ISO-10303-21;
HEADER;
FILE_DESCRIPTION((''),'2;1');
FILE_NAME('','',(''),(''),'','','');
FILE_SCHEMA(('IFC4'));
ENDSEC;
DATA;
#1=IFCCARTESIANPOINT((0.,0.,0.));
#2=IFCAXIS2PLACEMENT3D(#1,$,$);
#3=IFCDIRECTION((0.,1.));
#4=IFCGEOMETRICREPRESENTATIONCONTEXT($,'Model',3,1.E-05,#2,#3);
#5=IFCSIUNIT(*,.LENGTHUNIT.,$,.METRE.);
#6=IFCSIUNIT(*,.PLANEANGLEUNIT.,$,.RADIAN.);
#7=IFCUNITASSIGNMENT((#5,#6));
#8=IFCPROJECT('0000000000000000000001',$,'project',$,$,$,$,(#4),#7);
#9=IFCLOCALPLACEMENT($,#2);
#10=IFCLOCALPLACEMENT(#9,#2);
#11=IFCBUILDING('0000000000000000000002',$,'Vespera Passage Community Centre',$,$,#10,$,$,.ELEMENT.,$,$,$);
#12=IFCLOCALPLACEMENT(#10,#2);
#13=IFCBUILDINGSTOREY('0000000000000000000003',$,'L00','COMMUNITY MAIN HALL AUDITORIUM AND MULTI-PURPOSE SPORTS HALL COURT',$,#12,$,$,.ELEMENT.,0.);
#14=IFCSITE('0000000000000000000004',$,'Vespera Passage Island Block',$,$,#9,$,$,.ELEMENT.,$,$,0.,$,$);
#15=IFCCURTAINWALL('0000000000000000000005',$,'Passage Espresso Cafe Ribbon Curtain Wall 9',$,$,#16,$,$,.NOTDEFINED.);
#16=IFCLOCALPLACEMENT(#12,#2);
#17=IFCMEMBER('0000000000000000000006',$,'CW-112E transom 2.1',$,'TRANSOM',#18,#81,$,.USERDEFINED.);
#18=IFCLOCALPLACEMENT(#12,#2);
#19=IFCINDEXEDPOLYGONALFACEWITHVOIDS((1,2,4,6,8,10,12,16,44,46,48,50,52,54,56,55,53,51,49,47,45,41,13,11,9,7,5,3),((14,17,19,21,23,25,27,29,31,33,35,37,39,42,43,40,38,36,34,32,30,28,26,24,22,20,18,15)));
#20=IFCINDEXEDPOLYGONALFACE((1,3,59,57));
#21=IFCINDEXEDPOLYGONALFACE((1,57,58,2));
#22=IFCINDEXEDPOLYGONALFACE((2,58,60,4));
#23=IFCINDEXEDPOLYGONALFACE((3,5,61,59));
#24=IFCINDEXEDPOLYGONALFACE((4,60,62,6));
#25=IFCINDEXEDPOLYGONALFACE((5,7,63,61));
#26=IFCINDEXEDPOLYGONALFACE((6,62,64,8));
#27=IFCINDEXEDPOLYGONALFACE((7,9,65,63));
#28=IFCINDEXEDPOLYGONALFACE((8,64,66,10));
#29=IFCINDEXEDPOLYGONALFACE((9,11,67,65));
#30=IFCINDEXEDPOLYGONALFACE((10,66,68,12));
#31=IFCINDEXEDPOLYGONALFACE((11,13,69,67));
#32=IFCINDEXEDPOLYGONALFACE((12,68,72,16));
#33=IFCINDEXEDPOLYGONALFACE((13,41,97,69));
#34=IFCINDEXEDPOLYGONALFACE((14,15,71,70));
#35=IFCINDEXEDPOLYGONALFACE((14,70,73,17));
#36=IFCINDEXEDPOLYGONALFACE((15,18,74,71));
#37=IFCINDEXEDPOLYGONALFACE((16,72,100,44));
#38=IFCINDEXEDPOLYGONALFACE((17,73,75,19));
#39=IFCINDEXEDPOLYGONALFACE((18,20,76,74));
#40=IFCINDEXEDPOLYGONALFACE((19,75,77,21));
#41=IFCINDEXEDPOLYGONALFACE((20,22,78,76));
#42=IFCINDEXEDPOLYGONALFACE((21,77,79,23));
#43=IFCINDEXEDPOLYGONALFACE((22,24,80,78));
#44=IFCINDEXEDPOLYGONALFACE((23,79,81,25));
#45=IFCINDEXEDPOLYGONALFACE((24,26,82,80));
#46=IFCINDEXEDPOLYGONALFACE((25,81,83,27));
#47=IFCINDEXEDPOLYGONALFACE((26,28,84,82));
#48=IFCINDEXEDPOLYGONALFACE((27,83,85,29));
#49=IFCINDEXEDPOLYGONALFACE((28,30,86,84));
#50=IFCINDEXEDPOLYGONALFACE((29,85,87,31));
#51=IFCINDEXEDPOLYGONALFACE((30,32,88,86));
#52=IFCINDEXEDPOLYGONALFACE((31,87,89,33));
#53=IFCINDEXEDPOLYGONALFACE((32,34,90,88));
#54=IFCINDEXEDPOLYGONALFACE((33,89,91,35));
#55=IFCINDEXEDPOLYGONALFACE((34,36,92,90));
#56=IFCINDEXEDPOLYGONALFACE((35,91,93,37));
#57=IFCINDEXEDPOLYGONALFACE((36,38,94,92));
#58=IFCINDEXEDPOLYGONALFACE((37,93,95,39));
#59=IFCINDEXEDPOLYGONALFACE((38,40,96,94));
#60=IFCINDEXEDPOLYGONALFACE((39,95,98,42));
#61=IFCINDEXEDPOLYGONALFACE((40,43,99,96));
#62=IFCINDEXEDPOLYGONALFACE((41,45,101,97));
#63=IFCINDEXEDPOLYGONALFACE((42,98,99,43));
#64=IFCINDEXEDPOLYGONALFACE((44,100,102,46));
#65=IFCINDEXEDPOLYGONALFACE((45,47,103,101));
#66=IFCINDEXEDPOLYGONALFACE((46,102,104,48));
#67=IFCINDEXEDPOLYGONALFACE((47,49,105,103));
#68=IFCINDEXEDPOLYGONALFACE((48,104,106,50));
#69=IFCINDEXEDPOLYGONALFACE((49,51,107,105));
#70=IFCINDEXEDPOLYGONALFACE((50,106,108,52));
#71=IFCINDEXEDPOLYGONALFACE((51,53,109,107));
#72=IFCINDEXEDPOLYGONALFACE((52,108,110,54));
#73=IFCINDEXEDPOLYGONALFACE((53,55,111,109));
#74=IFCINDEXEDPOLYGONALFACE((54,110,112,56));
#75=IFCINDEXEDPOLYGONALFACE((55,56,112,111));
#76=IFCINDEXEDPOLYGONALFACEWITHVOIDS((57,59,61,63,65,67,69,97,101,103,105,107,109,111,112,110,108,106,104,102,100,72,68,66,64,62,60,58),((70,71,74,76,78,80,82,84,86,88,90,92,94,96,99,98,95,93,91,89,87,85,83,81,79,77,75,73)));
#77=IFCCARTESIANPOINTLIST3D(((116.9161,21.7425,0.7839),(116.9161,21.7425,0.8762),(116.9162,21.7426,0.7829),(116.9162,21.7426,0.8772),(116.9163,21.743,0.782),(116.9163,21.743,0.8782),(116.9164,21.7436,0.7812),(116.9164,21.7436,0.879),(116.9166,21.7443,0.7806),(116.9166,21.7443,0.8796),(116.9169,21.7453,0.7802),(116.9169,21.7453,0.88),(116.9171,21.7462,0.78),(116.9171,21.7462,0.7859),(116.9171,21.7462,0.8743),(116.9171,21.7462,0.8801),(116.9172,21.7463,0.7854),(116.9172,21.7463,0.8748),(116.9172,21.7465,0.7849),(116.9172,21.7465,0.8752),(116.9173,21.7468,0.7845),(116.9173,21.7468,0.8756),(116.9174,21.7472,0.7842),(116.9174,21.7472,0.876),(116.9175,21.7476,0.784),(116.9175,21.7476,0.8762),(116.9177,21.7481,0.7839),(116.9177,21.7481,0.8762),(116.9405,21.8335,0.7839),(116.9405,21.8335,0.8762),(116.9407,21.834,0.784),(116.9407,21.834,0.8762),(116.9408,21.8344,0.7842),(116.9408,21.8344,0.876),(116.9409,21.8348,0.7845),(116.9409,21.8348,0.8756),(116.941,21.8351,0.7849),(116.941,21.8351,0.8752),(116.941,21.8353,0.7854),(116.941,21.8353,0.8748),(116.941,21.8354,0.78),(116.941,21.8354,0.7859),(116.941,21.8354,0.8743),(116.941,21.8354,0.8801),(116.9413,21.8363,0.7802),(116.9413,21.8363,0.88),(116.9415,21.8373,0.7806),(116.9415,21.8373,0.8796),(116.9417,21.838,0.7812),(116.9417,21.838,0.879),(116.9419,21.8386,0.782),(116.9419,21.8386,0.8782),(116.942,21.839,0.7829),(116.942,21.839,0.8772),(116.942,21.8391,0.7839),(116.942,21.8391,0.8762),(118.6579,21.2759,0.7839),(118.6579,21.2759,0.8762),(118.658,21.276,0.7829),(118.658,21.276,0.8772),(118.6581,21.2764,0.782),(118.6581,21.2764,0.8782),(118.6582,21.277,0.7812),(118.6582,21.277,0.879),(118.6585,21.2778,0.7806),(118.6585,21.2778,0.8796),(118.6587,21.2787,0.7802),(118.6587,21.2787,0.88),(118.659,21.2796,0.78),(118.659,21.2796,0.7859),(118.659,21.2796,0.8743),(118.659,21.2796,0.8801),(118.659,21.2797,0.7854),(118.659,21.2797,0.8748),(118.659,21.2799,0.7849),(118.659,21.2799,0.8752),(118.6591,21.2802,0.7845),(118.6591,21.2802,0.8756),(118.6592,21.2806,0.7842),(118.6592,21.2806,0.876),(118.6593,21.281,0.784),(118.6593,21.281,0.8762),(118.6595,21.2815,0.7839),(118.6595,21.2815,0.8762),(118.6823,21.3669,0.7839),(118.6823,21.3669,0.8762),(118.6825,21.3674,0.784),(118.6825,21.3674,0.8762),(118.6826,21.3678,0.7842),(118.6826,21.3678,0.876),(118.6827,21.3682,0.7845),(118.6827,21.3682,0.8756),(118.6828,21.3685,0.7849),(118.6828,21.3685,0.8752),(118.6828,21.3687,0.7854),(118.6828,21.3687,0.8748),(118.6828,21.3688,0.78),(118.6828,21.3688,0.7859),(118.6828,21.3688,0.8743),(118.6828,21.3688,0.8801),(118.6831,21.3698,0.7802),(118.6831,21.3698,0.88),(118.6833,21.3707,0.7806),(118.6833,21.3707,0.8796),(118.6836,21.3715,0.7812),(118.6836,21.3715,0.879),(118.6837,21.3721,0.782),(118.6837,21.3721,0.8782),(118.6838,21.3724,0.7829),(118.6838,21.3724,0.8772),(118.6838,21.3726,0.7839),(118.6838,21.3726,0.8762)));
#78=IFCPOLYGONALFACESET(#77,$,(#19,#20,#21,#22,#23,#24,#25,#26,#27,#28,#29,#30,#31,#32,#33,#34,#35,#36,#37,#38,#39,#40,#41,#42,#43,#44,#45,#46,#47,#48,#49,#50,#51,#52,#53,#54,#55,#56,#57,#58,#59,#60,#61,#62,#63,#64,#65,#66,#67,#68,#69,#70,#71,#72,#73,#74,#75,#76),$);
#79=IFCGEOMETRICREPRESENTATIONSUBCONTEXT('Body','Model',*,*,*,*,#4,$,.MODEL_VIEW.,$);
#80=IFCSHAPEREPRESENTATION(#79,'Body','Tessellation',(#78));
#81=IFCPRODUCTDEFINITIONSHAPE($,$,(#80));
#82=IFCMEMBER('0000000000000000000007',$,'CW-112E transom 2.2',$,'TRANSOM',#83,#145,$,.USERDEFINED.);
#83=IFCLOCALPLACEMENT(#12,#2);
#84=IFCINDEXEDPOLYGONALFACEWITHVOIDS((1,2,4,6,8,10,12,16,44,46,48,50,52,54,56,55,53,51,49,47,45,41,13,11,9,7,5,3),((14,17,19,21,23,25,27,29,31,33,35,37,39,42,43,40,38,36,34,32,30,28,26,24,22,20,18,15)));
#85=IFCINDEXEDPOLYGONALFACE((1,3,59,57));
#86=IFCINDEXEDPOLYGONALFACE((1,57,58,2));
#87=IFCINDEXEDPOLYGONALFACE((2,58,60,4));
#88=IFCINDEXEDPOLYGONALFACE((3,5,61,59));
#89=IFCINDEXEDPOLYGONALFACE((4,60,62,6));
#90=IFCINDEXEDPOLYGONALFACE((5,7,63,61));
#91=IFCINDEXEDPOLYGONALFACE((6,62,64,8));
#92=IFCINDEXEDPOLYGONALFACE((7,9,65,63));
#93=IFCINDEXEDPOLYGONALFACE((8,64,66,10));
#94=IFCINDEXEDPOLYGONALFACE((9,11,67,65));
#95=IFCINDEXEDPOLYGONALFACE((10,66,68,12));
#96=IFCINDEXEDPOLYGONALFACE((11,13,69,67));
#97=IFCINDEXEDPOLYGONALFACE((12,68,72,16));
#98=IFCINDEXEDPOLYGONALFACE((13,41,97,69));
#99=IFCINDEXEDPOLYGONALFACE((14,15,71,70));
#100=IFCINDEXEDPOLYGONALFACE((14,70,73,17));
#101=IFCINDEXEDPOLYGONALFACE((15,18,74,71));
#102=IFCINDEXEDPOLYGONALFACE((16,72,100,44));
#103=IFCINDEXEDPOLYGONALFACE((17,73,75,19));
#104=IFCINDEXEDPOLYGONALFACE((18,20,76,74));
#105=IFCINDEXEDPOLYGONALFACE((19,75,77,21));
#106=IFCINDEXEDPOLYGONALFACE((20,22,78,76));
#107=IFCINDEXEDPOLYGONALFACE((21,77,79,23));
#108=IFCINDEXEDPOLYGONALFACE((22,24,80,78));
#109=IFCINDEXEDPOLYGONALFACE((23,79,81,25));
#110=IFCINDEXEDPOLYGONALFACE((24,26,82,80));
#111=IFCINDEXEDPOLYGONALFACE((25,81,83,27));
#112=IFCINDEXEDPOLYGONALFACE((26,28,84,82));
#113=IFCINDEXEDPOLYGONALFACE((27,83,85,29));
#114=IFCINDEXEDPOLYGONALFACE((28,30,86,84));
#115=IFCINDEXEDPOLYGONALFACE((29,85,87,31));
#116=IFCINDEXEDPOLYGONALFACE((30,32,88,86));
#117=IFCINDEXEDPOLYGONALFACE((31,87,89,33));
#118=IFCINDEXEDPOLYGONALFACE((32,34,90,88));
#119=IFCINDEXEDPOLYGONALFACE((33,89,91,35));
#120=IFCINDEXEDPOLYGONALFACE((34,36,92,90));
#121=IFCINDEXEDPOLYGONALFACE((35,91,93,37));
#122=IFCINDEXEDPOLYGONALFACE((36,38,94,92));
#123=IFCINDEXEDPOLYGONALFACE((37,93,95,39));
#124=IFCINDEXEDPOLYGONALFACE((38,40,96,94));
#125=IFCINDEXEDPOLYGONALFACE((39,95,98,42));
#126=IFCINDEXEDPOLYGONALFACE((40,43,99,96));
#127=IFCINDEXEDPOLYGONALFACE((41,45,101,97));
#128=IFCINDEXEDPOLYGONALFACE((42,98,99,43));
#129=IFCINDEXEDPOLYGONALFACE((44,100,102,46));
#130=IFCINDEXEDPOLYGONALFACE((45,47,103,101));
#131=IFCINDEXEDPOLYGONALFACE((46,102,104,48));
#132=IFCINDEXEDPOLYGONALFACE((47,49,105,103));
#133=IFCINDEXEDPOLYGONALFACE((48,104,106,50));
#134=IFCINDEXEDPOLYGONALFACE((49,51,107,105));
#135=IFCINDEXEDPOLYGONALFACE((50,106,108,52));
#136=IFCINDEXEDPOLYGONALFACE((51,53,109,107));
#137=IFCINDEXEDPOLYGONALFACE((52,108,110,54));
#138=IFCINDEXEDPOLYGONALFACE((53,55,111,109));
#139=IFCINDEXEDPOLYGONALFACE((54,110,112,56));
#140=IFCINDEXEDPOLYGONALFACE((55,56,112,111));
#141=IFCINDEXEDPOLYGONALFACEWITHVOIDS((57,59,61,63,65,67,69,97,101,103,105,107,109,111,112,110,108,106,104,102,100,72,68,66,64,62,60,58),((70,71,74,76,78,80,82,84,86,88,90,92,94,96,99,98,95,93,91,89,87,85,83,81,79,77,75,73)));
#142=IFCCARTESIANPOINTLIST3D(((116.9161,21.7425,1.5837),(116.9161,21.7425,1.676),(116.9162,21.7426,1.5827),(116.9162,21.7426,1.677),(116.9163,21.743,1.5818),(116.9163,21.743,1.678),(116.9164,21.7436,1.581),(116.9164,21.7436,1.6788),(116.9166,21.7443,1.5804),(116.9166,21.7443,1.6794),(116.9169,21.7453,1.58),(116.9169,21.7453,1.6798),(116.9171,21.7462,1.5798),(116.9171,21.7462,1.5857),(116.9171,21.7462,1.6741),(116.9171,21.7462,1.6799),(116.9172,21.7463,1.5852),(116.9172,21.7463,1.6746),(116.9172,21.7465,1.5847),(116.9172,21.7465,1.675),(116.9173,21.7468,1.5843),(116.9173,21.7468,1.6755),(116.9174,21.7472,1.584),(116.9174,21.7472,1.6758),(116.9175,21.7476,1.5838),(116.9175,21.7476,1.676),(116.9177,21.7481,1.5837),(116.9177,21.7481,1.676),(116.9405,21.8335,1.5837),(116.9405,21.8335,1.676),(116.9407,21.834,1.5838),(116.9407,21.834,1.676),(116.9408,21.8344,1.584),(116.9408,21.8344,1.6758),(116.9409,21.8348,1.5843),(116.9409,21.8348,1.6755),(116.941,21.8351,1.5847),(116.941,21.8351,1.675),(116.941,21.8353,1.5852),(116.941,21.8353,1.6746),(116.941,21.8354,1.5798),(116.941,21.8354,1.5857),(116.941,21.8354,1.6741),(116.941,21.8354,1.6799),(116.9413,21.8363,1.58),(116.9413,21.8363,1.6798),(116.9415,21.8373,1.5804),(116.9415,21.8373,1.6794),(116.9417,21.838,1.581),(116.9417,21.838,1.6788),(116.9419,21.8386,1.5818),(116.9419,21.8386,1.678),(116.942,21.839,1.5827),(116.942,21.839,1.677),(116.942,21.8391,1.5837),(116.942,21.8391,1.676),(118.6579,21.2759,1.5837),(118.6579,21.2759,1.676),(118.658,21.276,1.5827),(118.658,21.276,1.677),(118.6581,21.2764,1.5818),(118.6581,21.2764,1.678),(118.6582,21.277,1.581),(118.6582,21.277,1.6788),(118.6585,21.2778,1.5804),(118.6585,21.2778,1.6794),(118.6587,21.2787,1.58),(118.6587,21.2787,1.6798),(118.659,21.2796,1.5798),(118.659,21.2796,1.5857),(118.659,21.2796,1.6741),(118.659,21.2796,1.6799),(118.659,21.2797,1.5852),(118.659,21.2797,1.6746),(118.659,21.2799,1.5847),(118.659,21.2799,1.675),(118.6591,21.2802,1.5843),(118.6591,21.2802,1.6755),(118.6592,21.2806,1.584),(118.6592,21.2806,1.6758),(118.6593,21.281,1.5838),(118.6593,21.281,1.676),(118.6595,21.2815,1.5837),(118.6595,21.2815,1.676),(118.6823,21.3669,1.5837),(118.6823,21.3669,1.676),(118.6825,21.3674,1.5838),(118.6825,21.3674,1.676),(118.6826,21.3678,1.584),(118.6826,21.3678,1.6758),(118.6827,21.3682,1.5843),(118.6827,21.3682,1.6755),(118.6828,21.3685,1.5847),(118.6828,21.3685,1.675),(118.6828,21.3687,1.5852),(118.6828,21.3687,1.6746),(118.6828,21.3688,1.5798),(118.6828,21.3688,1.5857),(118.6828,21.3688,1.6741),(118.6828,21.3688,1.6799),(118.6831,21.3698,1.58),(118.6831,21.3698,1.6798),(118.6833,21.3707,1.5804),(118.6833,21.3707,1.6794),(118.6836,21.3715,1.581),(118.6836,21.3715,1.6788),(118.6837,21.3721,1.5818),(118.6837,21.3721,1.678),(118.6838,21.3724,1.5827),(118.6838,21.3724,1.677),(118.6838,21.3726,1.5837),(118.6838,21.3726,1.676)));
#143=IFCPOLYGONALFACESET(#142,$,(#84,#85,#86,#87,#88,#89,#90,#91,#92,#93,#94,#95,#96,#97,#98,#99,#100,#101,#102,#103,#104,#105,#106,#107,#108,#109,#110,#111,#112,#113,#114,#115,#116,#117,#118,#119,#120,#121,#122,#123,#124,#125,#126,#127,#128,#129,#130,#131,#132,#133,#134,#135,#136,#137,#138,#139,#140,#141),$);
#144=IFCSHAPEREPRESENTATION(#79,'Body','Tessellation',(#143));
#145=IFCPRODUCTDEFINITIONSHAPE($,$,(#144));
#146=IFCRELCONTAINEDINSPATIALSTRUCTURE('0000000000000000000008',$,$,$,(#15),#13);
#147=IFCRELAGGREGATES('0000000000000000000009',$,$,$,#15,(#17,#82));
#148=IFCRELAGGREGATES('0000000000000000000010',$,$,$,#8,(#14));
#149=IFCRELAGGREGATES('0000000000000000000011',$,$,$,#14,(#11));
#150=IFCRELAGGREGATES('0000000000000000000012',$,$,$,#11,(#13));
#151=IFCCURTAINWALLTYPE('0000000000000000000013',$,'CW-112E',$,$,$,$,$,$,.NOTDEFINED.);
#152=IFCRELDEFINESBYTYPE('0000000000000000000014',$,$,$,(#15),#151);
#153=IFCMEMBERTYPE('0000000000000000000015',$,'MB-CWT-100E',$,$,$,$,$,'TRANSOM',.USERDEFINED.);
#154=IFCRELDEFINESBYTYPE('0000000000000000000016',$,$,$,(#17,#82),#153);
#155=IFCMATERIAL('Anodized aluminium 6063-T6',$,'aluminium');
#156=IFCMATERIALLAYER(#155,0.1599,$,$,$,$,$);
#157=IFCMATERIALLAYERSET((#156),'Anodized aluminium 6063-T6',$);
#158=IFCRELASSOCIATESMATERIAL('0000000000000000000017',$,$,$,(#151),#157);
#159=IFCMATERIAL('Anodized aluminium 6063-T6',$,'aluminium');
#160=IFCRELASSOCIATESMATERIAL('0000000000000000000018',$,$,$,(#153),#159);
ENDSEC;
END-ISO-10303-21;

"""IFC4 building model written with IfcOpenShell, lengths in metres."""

from ifc_helpers import new_model, si_unit, direction, frame, origin, origin_2d, place, context, subcontext, project, spatial, hollow_rectangle, extrude, material, layer, layer_set, material_profile, profile_set, type_object, element, aggregate, save


model = new_model("IFC4")

# Units and contexts
model_context = context("Model", 3, precision=1e-05, world=origin(), true_north=direction((0.0, 1.0)))
body_context = subcontext(model_context, "Body", "Model", "MODEL_VIEW")
ifc_project = project(units=[si_unit("LENGTHUNIT", "METRE"), si_unit("PLANEANGLEUNIT", "RADIAN")], contexts=[model_context])

# Site, building, storey
site_placement = place(None, origin())
site = spatial("IfcSite", under=ifc_project, at=site_placement, Name="Vespera Passage Island Block", CompositionType="ELEMENT", RefElevation=0.0)
building_placement = place(site_placement, origin())
building = spatial("IfcBuilding", under=site, at=building_placement, Name="Vespera Passage Community Centre", CompositionType="ELEMENT")
storey_placement = place(building_placement, origin())
storey = spatial("IfcBuildingStorey", under=building, at=storey_placement, Name="L00", Description="COMMUNITY MAIN HALL AUDITORIUM AND MULTI-PURPOSE SPORTS HALL COURT", CompositionType="ELEMENT", Elevation=0.0)

# Curtain wall
ifc_material_1 = material(Name="Anodized aluminium 6063-T6", Category="aluminium")
ifc_layer_1 = layer(ifc_material_1, 0.1599)
ifc_layer_set_1 = layer_set([ifc_layer_1], Name="Anodized aluminium 6063-T6")
curtain_wall_type_1 = type_object("IfcCurtainWallType", Name="CW-112E", PredefinedType="NOTDEFINED", material=ifc_layer_set_1)
curtain_wall_1_placement = place(storey_placement, origin())
curtain_wall_1 = element("IfcCurtainWall", 1, at=curtain_wall_1_placement, inside=storey, type_object=curtain_wall_type_1, Name="Passage Espresso Cafe Ribbon Curtain Wall 9", PredefinedType="NOTDEFINED")

# Members
ifc_material_2 = material(Name="Anodized aluminium 6063-T6", Category="aluminium")
ifc_material_profile_1 = material_profile(ifc_material_2, hollow_rectangle(XDim=0.1001, YDim=0.1001, WallThickness=0.0039, InnerFilletRadius=0.002, OuterFilletRadius=0.0039, at=origin_2d()), Name="ALU100X100X4")
ifc_profile_set_1 = profile_set([ifc_material_profile_1], Name="Anodized aluminium 6063-T6")
member_type_1 = type_object("IfcMemberType", Name="MB-CWT-100E", ElementType="TRANSOM", PredefinedType="USERDEFINED", material=ifc_profile_set_1)
member_1_placement = place(storey_placement, frame((118.6709, 21.3242, 0.8301), z_axis=(-0.965944, 0.25875, 0.0), x_axis=(-0.25875, -0.965944, 0.0)))
member_1 = element("IfcMember", 2, at=member_1_placement, type_object=member_type_1, Name="CW-112E transom 2.1", ObjectType="TRANSOM", PredefinedType="USERDEFINED", context=body_context, shape_type="SweptSolid", body=[
    extrude(hollow_rectangle(XDim=0.1001, YDim=0.1001, WallThickness=0.0039, InnerFilletRadius=0.002, OuterFilletRadius=0.0039, at=origin_2d()), origin(), (0.0, 0.0, 1.0), 1.8032),
])
member_2_placement = place(storey_placement, frame((118.6709, 21.3242, 1.6299), z_axis=(-0.965944, 0.25875, 0.0), x_axis=(-0.25875, -0.965944, 0.0)))
member_2 = element("IfcMember", 3, at=member_2_placement, type_object=member_type_1, Name="CW-112E transom 2.2", ObjectType="TRANSOM", PredefinedType="USERDEFINED", context=body_context, shape_type="SweptSolid", body=[
    extrude(hollow_rectangle(XDim=0.1001, YDim=0.1001, WallThickness=0.0039, InnerFilletRadius=0.002, OuterFilletRadius=0.0039, at=origin_2d()), origin(), (0.0, 0.0, 1.0), 1.8032),
])

aggregate(curtain_wall_1, [member_1, member_2])

save(model, "model.ifc")
